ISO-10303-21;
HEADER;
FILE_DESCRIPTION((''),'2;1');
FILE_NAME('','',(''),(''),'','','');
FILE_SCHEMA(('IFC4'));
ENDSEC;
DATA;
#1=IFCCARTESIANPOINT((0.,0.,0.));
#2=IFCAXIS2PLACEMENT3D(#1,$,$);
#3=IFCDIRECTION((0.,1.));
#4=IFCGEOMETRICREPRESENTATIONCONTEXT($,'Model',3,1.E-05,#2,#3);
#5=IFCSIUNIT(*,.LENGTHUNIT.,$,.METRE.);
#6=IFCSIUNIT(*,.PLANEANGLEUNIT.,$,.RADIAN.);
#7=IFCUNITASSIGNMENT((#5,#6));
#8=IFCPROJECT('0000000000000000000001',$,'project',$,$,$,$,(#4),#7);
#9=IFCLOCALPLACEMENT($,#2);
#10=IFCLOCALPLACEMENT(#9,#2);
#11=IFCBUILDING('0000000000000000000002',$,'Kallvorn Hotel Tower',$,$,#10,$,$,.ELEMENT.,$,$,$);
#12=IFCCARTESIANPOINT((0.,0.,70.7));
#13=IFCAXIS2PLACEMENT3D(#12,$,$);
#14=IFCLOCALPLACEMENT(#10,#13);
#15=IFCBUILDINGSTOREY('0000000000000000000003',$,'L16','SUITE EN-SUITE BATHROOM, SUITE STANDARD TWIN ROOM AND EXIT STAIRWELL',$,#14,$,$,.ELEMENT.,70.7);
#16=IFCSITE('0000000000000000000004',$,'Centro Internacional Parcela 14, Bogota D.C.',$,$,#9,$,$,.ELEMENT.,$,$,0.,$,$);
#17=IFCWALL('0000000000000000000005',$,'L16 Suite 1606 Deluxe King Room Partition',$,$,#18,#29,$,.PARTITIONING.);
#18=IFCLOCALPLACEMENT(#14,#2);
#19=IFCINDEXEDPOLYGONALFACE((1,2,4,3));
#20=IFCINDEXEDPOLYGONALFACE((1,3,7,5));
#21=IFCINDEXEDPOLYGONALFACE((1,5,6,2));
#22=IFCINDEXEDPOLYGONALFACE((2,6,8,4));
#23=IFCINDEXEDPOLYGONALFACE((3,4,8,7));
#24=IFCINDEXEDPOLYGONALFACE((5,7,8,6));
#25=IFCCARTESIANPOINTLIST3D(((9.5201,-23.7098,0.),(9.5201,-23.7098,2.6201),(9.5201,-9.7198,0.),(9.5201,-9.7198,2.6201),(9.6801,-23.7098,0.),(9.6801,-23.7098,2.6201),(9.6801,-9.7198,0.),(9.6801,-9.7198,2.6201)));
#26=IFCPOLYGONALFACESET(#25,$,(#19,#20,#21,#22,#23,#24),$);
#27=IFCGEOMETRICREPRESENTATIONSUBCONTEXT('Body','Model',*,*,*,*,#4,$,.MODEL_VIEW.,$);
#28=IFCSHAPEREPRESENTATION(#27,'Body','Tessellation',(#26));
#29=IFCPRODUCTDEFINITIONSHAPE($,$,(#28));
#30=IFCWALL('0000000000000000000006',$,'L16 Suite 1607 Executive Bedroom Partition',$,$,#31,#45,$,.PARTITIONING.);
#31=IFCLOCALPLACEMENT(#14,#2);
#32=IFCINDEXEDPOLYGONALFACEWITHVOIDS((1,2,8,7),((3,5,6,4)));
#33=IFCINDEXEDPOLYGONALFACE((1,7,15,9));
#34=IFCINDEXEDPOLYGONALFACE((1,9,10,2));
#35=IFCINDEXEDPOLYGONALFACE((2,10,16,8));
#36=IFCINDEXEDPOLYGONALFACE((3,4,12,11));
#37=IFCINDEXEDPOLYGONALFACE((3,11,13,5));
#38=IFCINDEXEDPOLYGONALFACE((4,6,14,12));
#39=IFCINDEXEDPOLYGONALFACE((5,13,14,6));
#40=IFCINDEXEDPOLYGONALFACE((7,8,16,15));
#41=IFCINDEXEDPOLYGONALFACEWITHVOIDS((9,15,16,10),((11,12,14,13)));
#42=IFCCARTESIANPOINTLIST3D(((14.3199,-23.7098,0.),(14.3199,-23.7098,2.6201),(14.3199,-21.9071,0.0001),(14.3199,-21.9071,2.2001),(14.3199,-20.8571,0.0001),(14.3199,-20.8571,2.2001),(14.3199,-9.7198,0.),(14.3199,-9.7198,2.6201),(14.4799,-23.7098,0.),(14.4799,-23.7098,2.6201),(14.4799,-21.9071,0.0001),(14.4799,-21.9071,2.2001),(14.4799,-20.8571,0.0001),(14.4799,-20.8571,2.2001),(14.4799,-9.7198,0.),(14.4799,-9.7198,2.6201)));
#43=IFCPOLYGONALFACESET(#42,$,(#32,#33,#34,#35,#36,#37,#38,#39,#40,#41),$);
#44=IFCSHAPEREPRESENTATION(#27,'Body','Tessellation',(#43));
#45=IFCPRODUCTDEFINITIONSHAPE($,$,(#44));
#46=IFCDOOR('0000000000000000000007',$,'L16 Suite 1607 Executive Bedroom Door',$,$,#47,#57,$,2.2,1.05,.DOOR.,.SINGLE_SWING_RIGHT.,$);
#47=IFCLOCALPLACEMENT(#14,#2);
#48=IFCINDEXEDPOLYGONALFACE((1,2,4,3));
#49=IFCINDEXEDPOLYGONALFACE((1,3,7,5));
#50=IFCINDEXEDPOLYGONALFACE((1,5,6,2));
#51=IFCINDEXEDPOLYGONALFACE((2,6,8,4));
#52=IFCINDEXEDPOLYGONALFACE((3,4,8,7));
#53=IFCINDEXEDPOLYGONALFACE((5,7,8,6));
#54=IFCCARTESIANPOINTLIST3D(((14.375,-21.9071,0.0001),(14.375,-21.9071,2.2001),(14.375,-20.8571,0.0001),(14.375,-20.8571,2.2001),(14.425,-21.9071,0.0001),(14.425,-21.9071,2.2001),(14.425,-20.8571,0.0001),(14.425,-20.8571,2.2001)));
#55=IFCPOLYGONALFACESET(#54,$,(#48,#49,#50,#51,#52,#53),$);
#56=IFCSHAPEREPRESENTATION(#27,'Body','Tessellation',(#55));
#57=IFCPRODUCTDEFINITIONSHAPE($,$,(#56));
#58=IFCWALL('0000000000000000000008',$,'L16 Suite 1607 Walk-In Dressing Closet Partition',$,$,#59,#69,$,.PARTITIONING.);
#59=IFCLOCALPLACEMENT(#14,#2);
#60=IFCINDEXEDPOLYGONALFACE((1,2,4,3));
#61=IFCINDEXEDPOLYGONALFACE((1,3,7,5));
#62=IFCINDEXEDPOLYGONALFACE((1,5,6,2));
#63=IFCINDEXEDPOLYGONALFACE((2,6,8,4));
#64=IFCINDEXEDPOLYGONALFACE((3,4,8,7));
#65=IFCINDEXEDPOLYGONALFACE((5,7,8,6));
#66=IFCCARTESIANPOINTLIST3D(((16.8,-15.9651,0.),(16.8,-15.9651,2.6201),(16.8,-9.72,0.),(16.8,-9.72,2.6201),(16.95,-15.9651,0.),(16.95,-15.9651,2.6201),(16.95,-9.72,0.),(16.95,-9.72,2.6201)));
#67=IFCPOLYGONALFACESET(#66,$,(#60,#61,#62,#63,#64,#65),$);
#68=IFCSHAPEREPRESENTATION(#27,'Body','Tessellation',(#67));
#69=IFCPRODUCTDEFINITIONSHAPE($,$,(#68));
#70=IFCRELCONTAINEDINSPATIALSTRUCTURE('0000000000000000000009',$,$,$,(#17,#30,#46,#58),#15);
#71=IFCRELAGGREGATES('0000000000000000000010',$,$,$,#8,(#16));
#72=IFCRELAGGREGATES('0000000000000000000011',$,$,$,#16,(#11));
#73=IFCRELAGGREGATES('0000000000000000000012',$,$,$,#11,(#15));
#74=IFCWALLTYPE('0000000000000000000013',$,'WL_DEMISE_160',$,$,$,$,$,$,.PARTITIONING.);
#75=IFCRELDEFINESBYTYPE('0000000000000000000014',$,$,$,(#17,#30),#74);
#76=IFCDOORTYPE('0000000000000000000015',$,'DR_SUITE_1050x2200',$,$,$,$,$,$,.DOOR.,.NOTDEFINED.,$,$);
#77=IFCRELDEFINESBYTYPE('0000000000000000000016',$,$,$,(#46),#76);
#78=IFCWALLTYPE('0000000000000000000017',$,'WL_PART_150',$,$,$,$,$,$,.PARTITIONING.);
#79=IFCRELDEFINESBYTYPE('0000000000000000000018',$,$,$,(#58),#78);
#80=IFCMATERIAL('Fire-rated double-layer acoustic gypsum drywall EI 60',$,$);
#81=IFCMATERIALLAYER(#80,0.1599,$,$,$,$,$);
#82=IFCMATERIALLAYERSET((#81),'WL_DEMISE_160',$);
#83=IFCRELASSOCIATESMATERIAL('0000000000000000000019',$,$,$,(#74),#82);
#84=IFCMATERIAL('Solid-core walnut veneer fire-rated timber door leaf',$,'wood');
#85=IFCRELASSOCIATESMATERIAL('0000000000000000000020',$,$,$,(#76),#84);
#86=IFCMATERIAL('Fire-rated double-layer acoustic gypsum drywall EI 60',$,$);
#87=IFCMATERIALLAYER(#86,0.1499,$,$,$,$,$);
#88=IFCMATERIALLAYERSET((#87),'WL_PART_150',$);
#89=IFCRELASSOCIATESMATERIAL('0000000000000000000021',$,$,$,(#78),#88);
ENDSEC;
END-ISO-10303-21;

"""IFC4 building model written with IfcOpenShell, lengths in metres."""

from ifc_helpers import new_model, si_unit, direction, frame, frame_2d, origin, place, context, subcontext, project, spatial, rectangle, extrude, material, layer, layer_set, type_object, element, fill, save


model = new_model("IFC4")

# Units and contexts
model_context = context("Model", 3, precision=1e-05, world=origin(), true_north=direction((0.0, 1.0)))
body_context = subcontext(model_context, "Body", "Model", "MODEL_VIEW")
ifc_project = project(units=[si_unit("LENGTHUNIT", "METRE"), si_unit("PLANEANGLEUNIT", "RADIAN")], contexts=[model_context])

# Site, building, storey
site_placement = place(None, origin())
site = spatial("IfcSite", under=ifc_project, at=site_placement, Name="Centro Internacional Parcela 14, Bogota D.C.", CompositionType="ELEMENT", RefElevation=0.0)
building_placement = place(site_placement, origin())
building = spatial("IfcBuilding", under=site, at=building_placement, Name="Kallvorn Hotel Tower", CompositionType="ELEMENT")
storey_placement = place(building_placement, frame((0.0, 0.0, 70.7)))
storey = spatial("IfcBuildingStorey", under=building, at=storey_placement, Name="L16", Description="SUITE EN-SUITE BATHROOM, SUITE STANDARD TWIN ROOM AND EXIT STAIRWELL", CompositionType="ELEMENT", Elevation=70.7)

# Shared definitions
ifc_material_1 = material(Name="Fire-rated double-layer acoustic gypsum drywall EI 60")
ifc_layer_1 = layer(ifc_material_1, 0.1599)
ifc_layer_set_1 = layer_set([ifc_layer_1], Name="WL_DEMISE_160")
wall_type_1 = type_object("IfcWallType", Name="WL_DEMISE_160", PredefinedType="PARTITIONING", material=ifc_layer_set_1)

# Wall
wall_1_placement = place(storey_placement, frame((9.6001, -23.71, 0.0), z_axis=(0.0, 0.0, 1.0), x_axis=(0.0, 1.0, 0.0)))
element("IfcWall", 1, at=wall_1_placement, inside=storey, type_object=wall_type_1, Name="L16 Suite 1606 Deluxe King Room Partition", PredefinedType="PARTITIONING", context=body_context, shape_type="SweptSolid", body=[
    extrude(rectangle(XDim=13.99, YDim=0.1599, at=frame_2d((6.9951, 0.0))), origin(), (0.0, 0.0, 1.0), 2.6201),
])

# Wall, opening, door
wall_2_placement = place(storey_placement, frame((14.3999, -23.71, 0.0), z_axis=(0.0, 0.0, 1.0), x_axis=(0.0, 1.0, 0.0)))
wall_2 = element("IfcWall", 2, at=wall_2_placement, inside=storey, type_object=wall_type_1, Name="L16 Suite 1607 Executive Bedroom Partition", PredefinedType="PARTITIONING", context=body_context, shape_type="SweptSolid", body=[
    extrude(rectangle(XDim=13.99, YDim=0.1599, at=frame_2d((6.9951, 0.0))), origin(), (0.0, 0.0, 1.0), 2.6201),
])
opening_1_placement = place(wall_2_placement, frame((1.803, 0.0, 0.0)))
opening_1 = element("IfcOpeningElement", 3, at=opening_1_placement, cuts=wall_2, PredefinedType="OPENING", context=body_context, shape_type="SweptSolid", body=[
    extrude(rectangle(XDim=1.05, YDim=2.2, at=frame_2d((0.5249, 1.1001))), frame((0.0, 0.095, 0.0), z_axis=(0.0, -1.0, 0.0), x_axis=(1.0, 0.0, 0.0)), (0.0, 0.0, 1.0), 0.1899),
])
ifc_material_2 = material(Name="Solid-core walnut veneer fire-rated timber door leaf", Category="wood")
door_type_1 = type_object("IfcDoorType", Name="DR_SUITE_1050x2200", OperationType="NOTDEFINED", PredefinedType="DOOR", material=ifc_material_2)
door_1_placement = place(opening_1_placement, origin())
door_1 = element("IfcDoor", 4, at=door_1_placement, inside=storey, type_object=door_type_1, Name="L16 Suite 1607 Executive Bedroom Door", OperationType="SINGLE_SWING_RIGHT", OverallHeight=2.2, OverallWidth=1.05, PredefinedType="DOOR", context=body_context, shape_type="SweptSolid", body=[
    extrude(rectangle(XDim=1.05, YDim=2.2, at=frame_2d((0.5249, 1.1001))), frame((0.0, 0.0249, 0.0), z_axis=(0.0, -1.0, 0.0), x_axis=(1.0, 0.0, 0.0)), (0.0, 0.0, 1.0), 0.05),
])
fill(opening_1, door_1)

# Wall
ifc_material_3 = material(Name="Fire-rated double-layer acoustic gypsum drywall EI 60")
ifc_layer_2 = layer(ifc_material_3, 0.1499)
ifc_layer_set_2 = layer_set([ifc_layer_2], Name="WL_PART_150")
wall_type_2 = type_object("IfcWallType", Name="WL_PART_150", PredefinedType="PARTITIONING", material=ifc_layer_set_2)
wall_3_placement = place(storey_placement, frame((16.875, -15.9651, 0.0), z_axis=(0.0, 0.0, 1.0), x_axis=(0.0, 1.0, 0.0)))
element("IfcWall", 5, at=wall_3_placement, inside=storey, type_object=wall_type_2, Name="L16 Suite 1607 Walk-In Dressing Closet Partition", PredefinedType="PARTITIONING", context=body_context, shape_type="SweptSolid", body=[
    extrude(rectangle(XDim=6.2451, YDim=0.1499, at=frame_2d((3.1226, 0.0))), origin(), (0.0, 0.0, 1.0), 2.6201),
])

save(model, "model.ifc")
